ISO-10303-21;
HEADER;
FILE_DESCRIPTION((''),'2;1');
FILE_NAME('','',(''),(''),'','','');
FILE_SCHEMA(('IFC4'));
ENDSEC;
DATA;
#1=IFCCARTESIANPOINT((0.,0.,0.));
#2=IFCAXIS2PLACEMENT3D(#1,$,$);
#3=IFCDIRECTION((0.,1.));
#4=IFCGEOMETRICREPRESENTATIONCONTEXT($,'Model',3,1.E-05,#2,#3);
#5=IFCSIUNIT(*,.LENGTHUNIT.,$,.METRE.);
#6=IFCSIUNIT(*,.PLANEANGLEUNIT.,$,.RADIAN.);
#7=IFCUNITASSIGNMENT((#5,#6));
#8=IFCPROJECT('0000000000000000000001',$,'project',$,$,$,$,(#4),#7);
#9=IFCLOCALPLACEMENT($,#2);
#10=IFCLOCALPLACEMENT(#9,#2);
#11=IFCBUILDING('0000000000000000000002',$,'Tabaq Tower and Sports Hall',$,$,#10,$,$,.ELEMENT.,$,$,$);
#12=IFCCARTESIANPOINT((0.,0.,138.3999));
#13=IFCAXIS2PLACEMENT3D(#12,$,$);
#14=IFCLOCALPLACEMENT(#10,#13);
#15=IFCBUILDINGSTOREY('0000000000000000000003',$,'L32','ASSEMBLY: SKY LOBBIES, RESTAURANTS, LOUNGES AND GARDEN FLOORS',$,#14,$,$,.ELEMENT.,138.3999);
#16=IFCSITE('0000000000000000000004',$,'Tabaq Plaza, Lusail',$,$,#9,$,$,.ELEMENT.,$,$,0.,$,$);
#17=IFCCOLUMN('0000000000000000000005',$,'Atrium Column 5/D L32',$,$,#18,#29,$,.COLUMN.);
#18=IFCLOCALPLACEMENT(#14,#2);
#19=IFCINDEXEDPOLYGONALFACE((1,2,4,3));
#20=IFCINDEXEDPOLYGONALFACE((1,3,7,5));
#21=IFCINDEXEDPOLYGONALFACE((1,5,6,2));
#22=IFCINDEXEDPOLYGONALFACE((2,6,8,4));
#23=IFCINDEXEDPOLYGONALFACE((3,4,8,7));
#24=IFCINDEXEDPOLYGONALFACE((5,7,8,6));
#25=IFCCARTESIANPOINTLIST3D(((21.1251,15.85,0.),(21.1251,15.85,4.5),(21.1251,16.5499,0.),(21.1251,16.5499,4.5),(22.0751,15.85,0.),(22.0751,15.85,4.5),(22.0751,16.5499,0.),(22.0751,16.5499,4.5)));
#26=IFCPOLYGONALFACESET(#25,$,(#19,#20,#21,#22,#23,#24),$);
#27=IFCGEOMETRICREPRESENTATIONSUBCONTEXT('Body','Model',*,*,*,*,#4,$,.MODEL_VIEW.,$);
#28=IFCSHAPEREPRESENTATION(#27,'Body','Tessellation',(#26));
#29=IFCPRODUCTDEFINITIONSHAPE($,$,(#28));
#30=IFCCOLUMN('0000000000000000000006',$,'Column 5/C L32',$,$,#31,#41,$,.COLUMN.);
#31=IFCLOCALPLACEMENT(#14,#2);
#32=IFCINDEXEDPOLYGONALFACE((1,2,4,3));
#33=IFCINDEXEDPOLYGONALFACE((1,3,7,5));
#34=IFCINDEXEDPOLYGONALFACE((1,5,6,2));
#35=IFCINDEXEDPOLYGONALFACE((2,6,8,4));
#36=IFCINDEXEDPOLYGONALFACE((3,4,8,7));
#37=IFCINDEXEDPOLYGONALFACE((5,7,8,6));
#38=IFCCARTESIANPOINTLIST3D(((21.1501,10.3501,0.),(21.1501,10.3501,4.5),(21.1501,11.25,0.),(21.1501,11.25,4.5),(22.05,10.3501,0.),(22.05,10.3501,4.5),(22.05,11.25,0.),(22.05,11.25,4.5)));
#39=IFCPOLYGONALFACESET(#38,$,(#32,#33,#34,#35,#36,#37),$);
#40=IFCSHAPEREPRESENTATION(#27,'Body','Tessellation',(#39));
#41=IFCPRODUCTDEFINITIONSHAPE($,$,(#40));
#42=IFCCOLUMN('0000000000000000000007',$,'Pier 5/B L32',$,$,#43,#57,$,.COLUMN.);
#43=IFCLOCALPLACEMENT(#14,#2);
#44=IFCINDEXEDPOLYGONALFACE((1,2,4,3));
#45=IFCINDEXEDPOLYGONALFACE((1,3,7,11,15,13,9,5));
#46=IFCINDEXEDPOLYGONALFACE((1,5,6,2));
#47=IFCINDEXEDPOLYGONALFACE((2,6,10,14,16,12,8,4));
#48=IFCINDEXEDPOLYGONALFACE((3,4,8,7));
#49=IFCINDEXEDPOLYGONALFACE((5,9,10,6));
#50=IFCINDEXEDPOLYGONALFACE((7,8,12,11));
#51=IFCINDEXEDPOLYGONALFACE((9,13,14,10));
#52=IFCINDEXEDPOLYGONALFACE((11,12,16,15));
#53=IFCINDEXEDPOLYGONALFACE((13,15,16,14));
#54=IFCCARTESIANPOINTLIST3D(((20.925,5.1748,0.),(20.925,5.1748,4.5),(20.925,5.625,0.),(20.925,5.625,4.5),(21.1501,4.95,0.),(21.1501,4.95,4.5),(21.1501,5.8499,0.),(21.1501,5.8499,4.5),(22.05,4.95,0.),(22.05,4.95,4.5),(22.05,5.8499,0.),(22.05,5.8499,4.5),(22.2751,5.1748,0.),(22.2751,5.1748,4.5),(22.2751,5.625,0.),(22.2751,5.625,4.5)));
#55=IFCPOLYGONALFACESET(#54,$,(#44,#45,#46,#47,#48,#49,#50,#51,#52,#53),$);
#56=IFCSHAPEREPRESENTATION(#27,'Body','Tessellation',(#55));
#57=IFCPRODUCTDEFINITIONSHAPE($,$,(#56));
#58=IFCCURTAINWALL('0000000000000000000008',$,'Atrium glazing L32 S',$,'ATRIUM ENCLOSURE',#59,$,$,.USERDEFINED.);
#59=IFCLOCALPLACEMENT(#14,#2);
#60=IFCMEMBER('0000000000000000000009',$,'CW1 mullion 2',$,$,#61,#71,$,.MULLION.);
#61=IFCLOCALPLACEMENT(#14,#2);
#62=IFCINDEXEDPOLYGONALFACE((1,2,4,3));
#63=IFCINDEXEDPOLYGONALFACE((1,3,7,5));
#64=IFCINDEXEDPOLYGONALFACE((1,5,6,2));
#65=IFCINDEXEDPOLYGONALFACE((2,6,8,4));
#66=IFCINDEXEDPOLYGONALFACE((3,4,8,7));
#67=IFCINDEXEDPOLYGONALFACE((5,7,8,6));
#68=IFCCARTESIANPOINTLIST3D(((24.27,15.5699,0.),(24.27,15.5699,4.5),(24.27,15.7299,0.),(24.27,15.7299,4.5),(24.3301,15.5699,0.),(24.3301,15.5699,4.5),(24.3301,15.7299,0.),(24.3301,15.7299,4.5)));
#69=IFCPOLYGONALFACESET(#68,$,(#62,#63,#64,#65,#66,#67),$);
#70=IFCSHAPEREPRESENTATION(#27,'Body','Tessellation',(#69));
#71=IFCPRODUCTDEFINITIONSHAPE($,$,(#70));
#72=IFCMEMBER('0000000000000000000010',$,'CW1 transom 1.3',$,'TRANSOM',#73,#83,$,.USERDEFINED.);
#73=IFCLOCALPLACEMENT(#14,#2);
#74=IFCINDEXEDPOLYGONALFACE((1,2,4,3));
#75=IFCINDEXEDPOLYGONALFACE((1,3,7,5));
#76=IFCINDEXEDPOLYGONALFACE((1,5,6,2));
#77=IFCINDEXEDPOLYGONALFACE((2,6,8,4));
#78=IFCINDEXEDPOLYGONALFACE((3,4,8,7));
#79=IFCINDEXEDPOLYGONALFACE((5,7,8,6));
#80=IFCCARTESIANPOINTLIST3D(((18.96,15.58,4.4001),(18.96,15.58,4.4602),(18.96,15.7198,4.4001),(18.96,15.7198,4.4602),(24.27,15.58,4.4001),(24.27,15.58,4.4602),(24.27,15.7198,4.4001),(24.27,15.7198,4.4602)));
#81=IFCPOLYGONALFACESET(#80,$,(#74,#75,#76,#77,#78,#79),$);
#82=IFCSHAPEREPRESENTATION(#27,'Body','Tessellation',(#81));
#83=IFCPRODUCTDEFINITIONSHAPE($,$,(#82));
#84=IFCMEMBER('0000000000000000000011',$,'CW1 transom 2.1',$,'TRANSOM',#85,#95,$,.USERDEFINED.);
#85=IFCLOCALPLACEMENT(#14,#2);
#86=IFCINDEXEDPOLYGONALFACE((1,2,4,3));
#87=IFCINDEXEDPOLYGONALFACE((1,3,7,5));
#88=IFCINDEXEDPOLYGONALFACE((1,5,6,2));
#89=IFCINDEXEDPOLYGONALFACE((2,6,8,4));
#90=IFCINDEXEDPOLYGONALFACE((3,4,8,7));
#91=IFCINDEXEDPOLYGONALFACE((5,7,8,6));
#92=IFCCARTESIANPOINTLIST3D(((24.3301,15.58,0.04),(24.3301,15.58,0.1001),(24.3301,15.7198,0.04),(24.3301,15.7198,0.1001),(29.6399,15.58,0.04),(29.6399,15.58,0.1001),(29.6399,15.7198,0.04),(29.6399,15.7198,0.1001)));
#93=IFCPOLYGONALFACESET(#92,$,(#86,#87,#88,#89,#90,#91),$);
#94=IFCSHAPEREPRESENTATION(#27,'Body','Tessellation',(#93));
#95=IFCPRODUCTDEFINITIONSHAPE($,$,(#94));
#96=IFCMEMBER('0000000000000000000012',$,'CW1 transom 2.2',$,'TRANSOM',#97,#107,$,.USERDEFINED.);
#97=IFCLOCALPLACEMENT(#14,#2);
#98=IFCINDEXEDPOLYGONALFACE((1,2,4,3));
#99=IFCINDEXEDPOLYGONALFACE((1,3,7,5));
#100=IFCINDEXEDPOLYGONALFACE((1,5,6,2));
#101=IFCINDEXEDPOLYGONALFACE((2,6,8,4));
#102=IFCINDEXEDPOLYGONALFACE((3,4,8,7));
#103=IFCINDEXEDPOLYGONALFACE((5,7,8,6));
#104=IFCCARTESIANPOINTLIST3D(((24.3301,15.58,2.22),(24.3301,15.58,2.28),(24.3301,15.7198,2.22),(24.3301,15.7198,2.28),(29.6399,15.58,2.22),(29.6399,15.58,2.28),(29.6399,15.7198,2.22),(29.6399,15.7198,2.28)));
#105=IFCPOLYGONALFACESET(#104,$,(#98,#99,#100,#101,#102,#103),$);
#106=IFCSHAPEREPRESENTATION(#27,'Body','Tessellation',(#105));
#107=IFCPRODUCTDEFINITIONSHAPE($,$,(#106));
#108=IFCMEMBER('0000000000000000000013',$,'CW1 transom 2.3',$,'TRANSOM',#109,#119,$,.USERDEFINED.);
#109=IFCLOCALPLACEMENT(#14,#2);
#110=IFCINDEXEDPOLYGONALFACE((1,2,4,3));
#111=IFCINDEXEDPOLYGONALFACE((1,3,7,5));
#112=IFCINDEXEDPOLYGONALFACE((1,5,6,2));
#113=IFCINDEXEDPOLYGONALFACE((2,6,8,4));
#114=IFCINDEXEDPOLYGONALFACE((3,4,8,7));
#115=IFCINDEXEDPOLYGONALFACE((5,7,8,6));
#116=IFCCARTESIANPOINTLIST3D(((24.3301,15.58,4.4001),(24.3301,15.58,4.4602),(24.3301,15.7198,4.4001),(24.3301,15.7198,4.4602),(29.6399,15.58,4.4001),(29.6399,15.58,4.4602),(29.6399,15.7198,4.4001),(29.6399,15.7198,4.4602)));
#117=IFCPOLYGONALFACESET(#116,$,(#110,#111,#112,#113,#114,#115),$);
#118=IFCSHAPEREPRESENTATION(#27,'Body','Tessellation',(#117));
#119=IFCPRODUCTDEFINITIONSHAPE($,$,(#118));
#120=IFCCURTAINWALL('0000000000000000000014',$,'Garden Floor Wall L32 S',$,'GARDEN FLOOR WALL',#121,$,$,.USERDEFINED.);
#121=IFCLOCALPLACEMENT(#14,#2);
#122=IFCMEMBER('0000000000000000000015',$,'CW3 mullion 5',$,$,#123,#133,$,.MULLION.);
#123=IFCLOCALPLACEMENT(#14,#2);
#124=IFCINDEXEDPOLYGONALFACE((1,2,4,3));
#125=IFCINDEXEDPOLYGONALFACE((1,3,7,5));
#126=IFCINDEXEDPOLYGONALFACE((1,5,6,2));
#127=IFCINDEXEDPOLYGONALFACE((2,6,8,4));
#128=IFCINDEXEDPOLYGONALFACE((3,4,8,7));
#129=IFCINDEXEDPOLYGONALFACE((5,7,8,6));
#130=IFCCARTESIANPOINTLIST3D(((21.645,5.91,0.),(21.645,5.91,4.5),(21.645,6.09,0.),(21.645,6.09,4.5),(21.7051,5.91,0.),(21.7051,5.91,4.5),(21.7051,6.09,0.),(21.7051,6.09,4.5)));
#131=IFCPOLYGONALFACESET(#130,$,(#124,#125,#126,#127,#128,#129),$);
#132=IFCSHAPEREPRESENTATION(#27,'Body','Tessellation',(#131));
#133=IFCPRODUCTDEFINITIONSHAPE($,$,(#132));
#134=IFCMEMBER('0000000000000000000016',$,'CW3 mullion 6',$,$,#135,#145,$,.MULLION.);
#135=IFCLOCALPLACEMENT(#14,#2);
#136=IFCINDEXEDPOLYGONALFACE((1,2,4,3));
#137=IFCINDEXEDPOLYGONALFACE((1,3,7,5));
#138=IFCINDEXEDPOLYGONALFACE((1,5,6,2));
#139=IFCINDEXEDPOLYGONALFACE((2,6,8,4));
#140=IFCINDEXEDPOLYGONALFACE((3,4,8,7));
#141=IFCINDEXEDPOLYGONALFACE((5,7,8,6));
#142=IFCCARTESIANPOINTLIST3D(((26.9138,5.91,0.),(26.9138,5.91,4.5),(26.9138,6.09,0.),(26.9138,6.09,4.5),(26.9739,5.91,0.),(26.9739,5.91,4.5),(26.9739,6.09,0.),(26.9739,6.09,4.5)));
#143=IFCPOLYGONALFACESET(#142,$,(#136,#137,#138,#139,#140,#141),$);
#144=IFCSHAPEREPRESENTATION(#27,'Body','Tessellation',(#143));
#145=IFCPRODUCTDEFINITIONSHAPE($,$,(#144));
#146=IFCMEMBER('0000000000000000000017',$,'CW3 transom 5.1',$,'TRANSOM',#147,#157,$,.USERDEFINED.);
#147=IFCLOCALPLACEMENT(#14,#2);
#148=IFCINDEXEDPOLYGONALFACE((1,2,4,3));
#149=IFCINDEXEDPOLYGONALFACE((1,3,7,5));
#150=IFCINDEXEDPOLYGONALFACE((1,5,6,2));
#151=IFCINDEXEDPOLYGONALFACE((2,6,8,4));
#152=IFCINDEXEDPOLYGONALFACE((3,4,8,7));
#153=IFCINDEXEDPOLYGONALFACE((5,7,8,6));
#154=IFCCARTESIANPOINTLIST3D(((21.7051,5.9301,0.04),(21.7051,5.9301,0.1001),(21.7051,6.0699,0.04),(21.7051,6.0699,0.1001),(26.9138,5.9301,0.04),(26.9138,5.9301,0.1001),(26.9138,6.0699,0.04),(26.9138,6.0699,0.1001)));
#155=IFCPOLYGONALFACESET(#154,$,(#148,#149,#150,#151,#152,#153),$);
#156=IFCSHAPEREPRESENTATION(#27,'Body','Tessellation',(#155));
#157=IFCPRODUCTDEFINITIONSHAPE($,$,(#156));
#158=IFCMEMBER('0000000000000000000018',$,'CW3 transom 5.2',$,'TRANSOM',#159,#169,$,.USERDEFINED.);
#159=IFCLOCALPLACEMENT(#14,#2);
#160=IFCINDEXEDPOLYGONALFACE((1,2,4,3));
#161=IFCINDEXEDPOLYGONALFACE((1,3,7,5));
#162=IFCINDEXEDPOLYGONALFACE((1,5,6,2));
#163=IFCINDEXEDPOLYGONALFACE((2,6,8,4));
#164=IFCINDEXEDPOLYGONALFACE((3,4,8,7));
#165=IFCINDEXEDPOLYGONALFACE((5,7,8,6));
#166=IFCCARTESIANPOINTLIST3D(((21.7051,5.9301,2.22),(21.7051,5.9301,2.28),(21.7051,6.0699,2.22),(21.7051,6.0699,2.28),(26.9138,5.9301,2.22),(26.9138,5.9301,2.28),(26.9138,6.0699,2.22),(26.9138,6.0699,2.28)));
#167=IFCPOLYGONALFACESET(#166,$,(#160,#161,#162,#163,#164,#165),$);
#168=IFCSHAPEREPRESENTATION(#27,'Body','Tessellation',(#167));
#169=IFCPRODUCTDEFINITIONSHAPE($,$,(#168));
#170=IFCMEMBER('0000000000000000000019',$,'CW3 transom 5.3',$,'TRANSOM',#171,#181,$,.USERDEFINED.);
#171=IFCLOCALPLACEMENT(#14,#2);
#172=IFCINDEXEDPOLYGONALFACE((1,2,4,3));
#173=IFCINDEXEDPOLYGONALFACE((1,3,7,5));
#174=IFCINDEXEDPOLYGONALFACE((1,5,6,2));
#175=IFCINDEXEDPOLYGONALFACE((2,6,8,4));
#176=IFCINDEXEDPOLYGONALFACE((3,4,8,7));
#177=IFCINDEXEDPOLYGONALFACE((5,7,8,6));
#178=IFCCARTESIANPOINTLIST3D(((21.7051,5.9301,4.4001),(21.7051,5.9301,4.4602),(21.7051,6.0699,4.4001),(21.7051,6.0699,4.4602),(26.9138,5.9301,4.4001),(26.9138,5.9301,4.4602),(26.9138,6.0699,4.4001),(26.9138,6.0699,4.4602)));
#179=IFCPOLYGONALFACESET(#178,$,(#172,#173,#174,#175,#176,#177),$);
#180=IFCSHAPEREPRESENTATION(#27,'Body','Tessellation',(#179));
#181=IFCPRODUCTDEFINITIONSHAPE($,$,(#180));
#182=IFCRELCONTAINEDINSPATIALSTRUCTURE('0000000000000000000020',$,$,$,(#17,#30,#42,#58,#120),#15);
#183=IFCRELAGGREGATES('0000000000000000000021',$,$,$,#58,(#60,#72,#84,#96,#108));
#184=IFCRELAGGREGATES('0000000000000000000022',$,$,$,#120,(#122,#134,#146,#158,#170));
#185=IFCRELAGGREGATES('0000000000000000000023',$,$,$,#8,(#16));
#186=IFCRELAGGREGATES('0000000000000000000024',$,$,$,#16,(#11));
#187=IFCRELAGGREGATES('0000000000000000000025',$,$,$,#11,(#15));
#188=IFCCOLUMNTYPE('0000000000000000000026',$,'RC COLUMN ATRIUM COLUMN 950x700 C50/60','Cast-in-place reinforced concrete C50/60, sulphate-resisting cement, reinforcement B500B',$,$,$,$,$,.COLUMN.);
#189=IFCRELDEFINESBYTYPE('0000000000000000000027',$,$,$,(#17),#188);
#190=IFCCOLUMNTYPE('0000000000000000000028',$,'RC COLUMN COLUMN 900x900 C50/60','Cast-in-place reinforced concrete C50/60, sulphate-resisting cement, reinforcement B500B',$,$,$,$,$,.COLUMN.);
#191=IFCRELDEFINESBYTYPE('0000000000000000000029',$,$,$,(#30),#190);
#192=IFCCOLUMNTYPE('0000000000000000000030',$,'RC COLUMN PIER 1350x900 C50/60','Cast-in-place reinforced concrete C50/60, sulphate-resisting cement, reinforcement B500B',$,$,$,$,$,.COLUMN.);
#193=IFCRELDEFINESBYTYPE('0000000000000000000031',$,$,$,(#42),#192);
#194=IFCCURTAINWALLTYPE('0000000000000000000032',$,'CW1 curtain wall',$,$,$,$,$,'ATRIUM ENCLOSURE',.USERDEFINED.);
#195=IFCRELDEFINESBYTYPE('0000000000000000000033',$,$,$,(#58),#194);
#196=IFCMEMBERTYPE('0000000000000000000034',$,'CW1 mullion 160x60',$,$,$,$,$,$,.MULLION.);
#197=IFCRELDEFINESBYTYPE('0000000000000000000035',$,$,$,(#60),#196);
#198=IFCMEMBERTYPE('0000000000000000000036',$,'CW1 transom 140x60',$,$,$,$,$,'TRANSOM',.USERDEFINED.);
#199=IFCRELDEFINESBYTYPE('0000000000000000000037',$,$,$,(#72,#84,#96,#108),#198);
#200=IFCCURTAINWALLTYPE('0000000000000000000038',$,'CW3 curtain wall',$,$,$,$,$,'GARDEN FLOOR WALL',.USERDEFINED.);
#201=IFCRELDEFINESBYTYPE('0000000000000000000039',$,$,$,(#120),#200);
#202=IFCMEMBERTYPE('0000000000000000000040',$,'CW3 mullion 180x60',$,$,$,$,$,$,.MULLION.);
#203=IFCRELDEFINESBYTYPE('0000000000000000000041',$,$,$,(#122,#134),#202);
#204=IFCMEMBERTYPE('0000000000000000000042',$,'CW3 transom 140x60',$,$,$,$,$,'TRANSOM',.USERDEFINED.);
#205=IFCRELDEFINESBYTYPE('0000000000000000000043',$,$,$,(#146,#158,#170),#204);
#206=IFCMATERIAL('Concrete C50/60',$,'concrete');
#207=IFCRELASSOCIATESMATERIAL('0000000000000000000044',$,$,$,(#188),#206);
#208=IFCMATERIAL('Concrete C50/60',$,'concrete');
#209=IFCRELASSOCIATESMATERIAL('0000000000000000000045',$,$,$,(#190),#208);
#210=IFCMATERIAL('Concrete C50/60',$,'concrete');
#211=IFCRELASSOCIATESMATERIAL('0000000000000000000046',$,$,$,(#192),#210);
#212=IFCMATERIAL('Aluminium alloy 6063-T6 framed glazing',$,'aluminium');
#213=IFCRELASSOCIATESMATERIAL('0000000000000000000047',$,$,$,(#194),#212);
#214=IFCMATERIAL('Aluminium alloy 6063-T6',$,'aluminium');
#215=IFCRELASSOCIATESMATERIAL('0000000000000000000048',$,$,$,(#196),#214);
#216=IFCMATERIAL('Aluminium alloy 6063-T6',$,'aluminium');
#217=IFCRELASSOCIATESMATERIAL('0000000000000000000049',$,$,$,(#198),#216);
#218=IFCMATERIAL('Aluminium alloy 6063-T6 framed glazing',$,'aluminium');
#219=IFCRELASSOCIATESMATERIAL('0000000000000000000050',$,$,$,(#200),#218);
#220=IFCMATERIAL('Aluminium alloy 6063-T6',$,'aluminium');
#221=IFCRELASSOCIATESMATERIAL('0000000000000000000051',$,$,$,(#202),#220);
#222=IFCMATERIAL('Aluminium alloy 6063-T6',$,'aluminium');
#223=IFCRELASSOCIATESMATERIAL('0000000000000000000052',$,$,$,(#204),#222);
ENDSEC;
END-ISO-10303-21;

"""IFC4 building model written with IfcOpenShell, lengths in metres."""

from ifc_helpers import new_model, si_unit, direction, frame, origin, origin_2d, place, context, subcontext, project, spatial, polyline, rectangle, outline, extrude, material, material_profile, profile_set, type_object, element, aggregate, save


model = new_model("IFC4")

# Units and contexts
model_context = context("Model", 3, precision=1e-05, world=origin(), true_north=direction((0.0, 1.0)))
body_context = subcontext(model_context, "Body", "Model", "MODEL_VIEW")
ifc_project = project(units=[si_unit("LENGTHUNIT", "METRE"), si_unit("PLANEANGLEUNIT", "RADIAN")], contexts=[model_context])

# Site, building, storey
site_placement = place(None, origin())
site = spatial("IfcSite", under=ifc_project, at=site_placement, Name="Tabaq Plaza, Lusail", CompositionType="ELEMENT", RefElevation=0.0)
building_placement = place(site_placement, origin())
building = spatial("IfcBuilding", under=site, at=building_placement, Name="Tabaq Tower and Sports Hall", CompositionType="ELEMENT")
storey_placement = place(building_placement, frame((0.0, 0.0, 138.3999)))
storey = spatial("IfcBuildingStorey", under=building, at=storey_placement, Name="L32", Description="ASSEMBLY: SKY LOBBIES, RESTAURANTS, LOUNGES AND GARDEN FLOORS", CompositionType="ELEMENT", Elevation=138.3999)

# Columns
ifc_material_1 = material(Name="Concrete C50/60", Category="concrete")
ifc_material_profile_1 = material_profile(ifc_material_1, rectangle(XDim=0.95, YDim=0.7, at=origin_2d()), Name="ATRIUM COLUMN 950x700")
ifc_profile_set_1 = profile_set([ifc_material_profile_1], Name="Concrete C50/60")
column_type_1 = type_object("IfcColumnType", Name="RC COLUMN ATRIUM COLUMN 950x700 C50/60", Description="Cast-in-place reinforced concrete C50/60, sulphate-resisting cement, reinforcement B500B", PredefinedType="COLUMN", material=ifc_profile_set_1)
column_1_placement = place(storey_placement, frame((21.6001, 16.2, 0.0), z_axis=(0.0, 0.0, 1.0), x_axis=(1.0, 0.0, 0.0)))
element("IfcColumn", 1, at=column_1_placement, inside=storey, type_object=column_type_1, Name="Atrium Column 5/D L32", PredefinedType="COLUMN", context=body_context, shape_type="SweptSolid", body=[
    extrude(rectangle(XDim=0.95, YDim=0.7, at=origin_2d()), origin(), (0.0, 0.0, 1.0), 4.5),
])
ifc_material_2 = material(Name="Concrete C50/60", Category="concrete")
ifc_material_profile_2 = material_profile(ifc_material_2, rectangle(XDim=0.8999, YDim=0.8999, at=origin_2d()), Name="COLUMN 900x900")
ifc_profile_set_2 = profile_set([ifc_material_profile_2], Name="Concrete C50/60")
column_type_2 = type_object("IfcColumnType", Name="RC COLUMN COLUMN 900x900 C50/60", Description="Cast-in-place reinforced concrete C50/60, sulphate-resisting cement, reinforcement B500B", PredefinedType="COLUMN", material=ifc_profile_set_2)
column_2_placement = place(storey_placement, frame((21.6001, 10.8, 0.0), z_axis=(0.0, 0.0, 1.0), x_axis=(1.0, 0.0, 0.0)))
element("IfcColumn", 2, at=column_2_placement, inside=storey, type_object=column_type_2, Name="Column 5/C L32", PredefinedType="COLUMN", context=body_context, shape_type="SweptSolid", body=[
    extrude(rectangle(XDim=0.8999, YDim=0.8999, at=origin_2d()), origin(), (0.0, 0.0, 1.0), 4.5),
])
ifc_material_3 = material(Name="Concrete C50/60", Category="concrete")
ifc_material_profile_3 = material_profile(ifc_material_3, outline(polyline([(-0.45, -0.45), (0.45, -0.45), (0.675, -0.2251), (0.675, 0.2251), (0.45, 0.45), (-0.45, 0.45), (-0.675, 0.2251), (-0.675, -0.2251), (-0.45, -0.45)])), Name="PIER 1350x900")
ifc_profile_set_3 = profile_set([ifc_material_profile_3], Name="Concrete C50/60")
column_type_3 = type_object("IfcColumnType", Name="RC COLUMN PIER 1350x900 C50/60", Description="Cast-in-place reinforced concrete C50/60, sulphate-resisting cement, reinforcement B500B", PredefinedType="COLUMN", material=ifc_profile_set_3)
column_3_placement = place(storey_placement, frame((21.6001, 5.3999, 0.0), z_axis=(0.0, 0.0, 1.0), x_axis=(1.0, 0.0, 0.0)))
element("IfcColumn", 3, at=column_3_placement, inside=storey, type_object=column_type_3, Name="Pier 5/B L32", PredefinedType="COLUMN", context=body_context, shape_type="SweptSolid", body=[
    extrude(outline(polyline([(-0.45, -0.45), (0.45, -0.45), (0.675, -0.2251), (0.675, 0.2251), (0.45, 0.45), (-0.45, 0.45), (-0.675, 0.2251), (-0.675, -0.2251), (-0.45, -0.45)])), origin(), (0.0, 0.0, 1.0), 4.5),
])

# Curtain walls, members
ifc_material_4 = material(Name="Aluminium alloy 6063-T6 framed glazing", Category="aluminium")
curtain_wall_type_1 = type_object("IfcCurtainWallType", Name="CW1 curtain wall", ElementType="ATRIUM ENCLOSURE", PredefinedType="USERDEFINED", material=ifc_material_4)
curtain_wall_1_placement = place(storey_placement, origin())
curtain_wall_1 = element("IfcCurtainWall", 4, at=curtain_wall_1_placement, inside=storey, type_object=curtain_wall_type_1, Name="Atrium glazing L32 S", ObjectType="ATRIUM ENCLOSURE", PredefinedType="USERDEFINED")
ifc_material_5 = material(Name="Aluminium alloy 6063-T6", Category="aluminium")
ifc_material_profile_4 = material_profile(ifc_material_5, rectangle(XDim=0.1599, YDim=0.0601, at=origin_2d()), Name="MULLION 160x60")
ifc_profile_set_4 = profile_set([ifc_material_profile_4], Name="Aluminium alloy 6063-T6")
member_type_1 = type_object("IfcMemberType", Name="CW1 mullion 160x60", PredefinedType="MULLION", material=ifc_profile_set_4)
member_1_placement = place(storey_placement, frame((24.3, 15.6499, 0.0), z_axis=(0.0, 0.0, 1.0), x_axis=(0.0, 1.0, 0.0)))
member_1 = element("IfcMember", 5, at=member_1_placement, type_object=member_type_1, Name="CW1 mullion 2", PredefinedType="MULLION", context=body_context, shape_type="SweptSolid", body=[
    extrude(rectangle(XDim=0.1599, YDim=0.0601, at=origin_2d()), origin(), (0.0, 0.0, 1.0), 4.5),
])
ifc_material_6 = material(Name="Aluminium alloy 6063-T6", Category="aluminium")
ifc_material_profile_5 = material_profile(ifc_material_6, rectangle(XDim=0.1399, YDim=0.0601, at=origin_2d()), Name="TRANSOM 140x60")
ifc_profile_set_5 = profile_set([ifc_material_profile_5], Name="Aluminium alloy 6063-T6")
member_type_2 = type_object("IfcMemberType", Name="CW1 transom 140x60", ElementType="TRANSOM", PredefinedType="USERDEFINED", material=ifc_profile_set_5)
member_2_placement = place(storey_placement, frame((18.96, 15.6499, 4.4302), z_axis=(1.0, 0.0, 0.0), x_axis=(0.0, 1.0, 0.0)))
member_2 = element("IfcMember", 6, at=member_2_placement, type_object=member_type_2, Name="CW1 transom 1.3", ObjectType="TRANSOM", PredefinedType="USERDEFINED", context=body_context, shape_type="SweptSolid", body=[
    extrude(rectangle(XDim=0.1399, YDim=0.0601, at=origin_2d()), origin(), (0.0, 0.0, 1.0), 5.3101),
])
member_3_placement = place(storey_placement, frame((24.3301, 15.6499, 0.0701), z_axis=(1.0, 0.0, 0.0), x_axis=(0.0, 1.0, 0.0)))
member_3 = element("IfcMember", 7, at=member_3_placement, type_object=member_type_2, Name="CW1 transom 2.1", ObjectType="TRANSOM", PredefinedType="USERDEFINED", context=body_context, shape_type="SweptSolid", body=[
    extrude(rectangle(XDim=0.1399, YDim=0.0601, at=origin_2d()), origin(), (0.0, 0.0, 1.0), 5.3098),
])
member_4_placement = place(storey_placement, frame((24.3301, 15.6499, 2.25), z_axis=(1.0, 0.0, 0.0), x_axis=(0.0, 1.0, 0.0)))
member_4 = element("IfcMember", 8, at=member_4_placement, type_object=member_type_2, Name="CW1 transom 2.2", ObjectType="TRANSOM", PredefinedType="USERDEFINED", context=body_context, shape_type="SweptSolid", body=[
    extrude(rectangle(XDim=0.1399, YDim=0.0601, at=origin_2d()), origin(), (0.0, 0.0, 1.0), 5.3098),
])
member_5_placement = place(storey_placement, frame((24.3301, 15.6499, 4.4302), z_axis=(1.0, 0.0, 0.0), x_axis=(0.0, 1.0, 0.0)))
member_5 = element("IfcMember", 9, at=member_5_placement, type_object=member_type_2, Name="CW1 transom 2.3", ObjectType="TRANSOM", PredefinedType="USERDEFINED", context=body_context, shape_type="SweptSolid", body=[
    extrude(rectangle(XDim=0.1399, YDim=0.0601, at=origin_2d()), origin(), (0.0, 0.0, 1.0), 5.3098),
])
ifc_material_7 = material(Name="Aluminium alloy 6063-T6 framed glazing", Category="aluminium")
curtain_wall_type_2 = type_object("IfcCurtainWallType", Name="CW3 curtain wall", ElementType="GARDEN FLOOR WALL", PredefinedType="USERDEFINED", material=ifc_material_7)
curtain_wall_2_placement = place(storey_placement, origin())
curtain_wall_2 = element("IfcCurtainWall", 10, at=curtain_wall_2_placement, inside=storey, type_object=curtain_wall_type_2, Name="Garden Floor Wall L32 S", ObjectType="GARDEN FLOOR WALL", PredefinedType="USERDEFINED")
ifc_material_8 = material(Name="Aluminium alloy 6063-T6", Category="aluminium")
ifc_material_profile_6 = material_profile(ifc_material_8, rectangle(XDim=0.1799, YDim=0.0601, at=origin_2d()), Name="MULLION 180x60")
ifc_profile_set_6 = profile_set([ifc_material_profile_6], Name="Aluminium alloy 6063-T6")
member_type_3 = type_object("IfcMemberType", Name="CW3 mullion 180x60", PredefinedType="MULLION", material=ifc_profile_set_6)
member_6_placement = place(storey_placement, frame((21.675, 6.0, 0.0), z_axis=(0.0, 0.0, 1.0), x_axis=(0.0, 1.0, 0.0)))
member_6 = element("IfcMember", 11, at=member_6_placement, type_object=member_type_3, Name="CW3 mullion 5", PredefinedType="MULLION", context=body_context, shape_type="SweptSolid", body=[
    extrude(rectangle(XDim=0.1799, YDim=0.0601, at=origin_2d()), origin(), (0.0, 0.0, 1.0), 4.5),
])
member_7_placement = place(storey_placement, frame((26.9438, 6.0, 0.0), z_axis=(0.0, 0.0, 1.0), x_axis=(0.0, 1.0, 0.0)))
member_7 = element("IfcMember", 12, at=member_7_placement, type_object=member_type_3, Name="CW3 mullion 6", PredefinedType="MULLION", context=body_context, shape_type="SweptSolid", body=[
    extrude(rectangle(XDim=0.1799, YDim=0.0601, at=origin_2d()), origin(), (0.0, 0.0, 1.0), 4.5),
])
ifc_material_9 = material(Name="Aluminium alloy 6063-T6", Category="aluminium")
ifc_material_profile_7 = material_profile(ifc_material_9, rectangle(XDim=0.1399, YDim=0.0601, at=origin_2d()), Name="TRANSOM 140x60")
ifc_profile_set_7 = profile_set([ifc_material_profile_7], Name="Aluminium alloy 6063-T6")
member_type_4 = type_object("IfcMemberType", Name="CW3 transom 140x60", ElementType="TRANSOM", PredefinedType="USERDEFINED", material=ifc_profile_set_7)
member_8_placement = place(storey_placement, frame((21.7051, 6.0, 0.0701), z_axis=(1.0, 0.0, 0.0), x_axis=(0.0, 1.0, 0.0)))
member_8 = element("IfcMember", 13, at=member_8_placement, type_object=member_type_4, Name="CW3 transom 5.1", ObjectType="TRANSOM", PredefinedType="USERDEFINED", context=body_context, shape_type="SweptSolid", body=[
    extrude(rectangle(XDim=0.1399, YDim=0.0601, at=origin_2d()), origin(), (0.0, 0.0, 1.0), 5.2087),
])
member_9_placement = place(storey_placement, frame((21.7051, 6.0, 2.25), z_axis=(1.0, 0.0, 0.0), x_axis=(0.0, 1.0, 0.0)))
member_9 = element("IfcMember", 14, at=member_9_placement, type_object=member_type_4, Name="CW3 transom 5.2", ObjectType="TRANSOM", PredefinedType="USERDEFINED", context=body_context, shape_type="SweptSolid", body=[
    extrude(rectangle(XDim=0.1399, YDim=0.0601, at=origin_2d()), origin(), (0.0, 0.0, 1.0), 5.2087),
])
member_10_placement = place(storey_placement, frame((21.7051, 6.0, 4.4302), z_axis=(1.0, 0.0, 0.0), x_axis=(0.0, 1.0, 0.0)))
member_10 = element("IfcMember", 15, at=member_10_placement, type_object=member_type_4, Name="CW3 transom 5.3", ObjectType="TRANSOM", PredefinedType="USERDEFINED", context=body_context, shape_type="SweptSolid", body=[
    extrude(rectangle(XDim=0.1399, YDim=0.0601, at=origin_2d()), origin(), (0.0, 0.0, 1.0), 5.2087),
])

aggregate(curtain_wall_1, [member_1, member_2, member_3, member_4, member_5])
aggregate(curtain_wall_2, [member_6, member_7, member_8, member_9, member_10])

save(model, "model.ifc")
